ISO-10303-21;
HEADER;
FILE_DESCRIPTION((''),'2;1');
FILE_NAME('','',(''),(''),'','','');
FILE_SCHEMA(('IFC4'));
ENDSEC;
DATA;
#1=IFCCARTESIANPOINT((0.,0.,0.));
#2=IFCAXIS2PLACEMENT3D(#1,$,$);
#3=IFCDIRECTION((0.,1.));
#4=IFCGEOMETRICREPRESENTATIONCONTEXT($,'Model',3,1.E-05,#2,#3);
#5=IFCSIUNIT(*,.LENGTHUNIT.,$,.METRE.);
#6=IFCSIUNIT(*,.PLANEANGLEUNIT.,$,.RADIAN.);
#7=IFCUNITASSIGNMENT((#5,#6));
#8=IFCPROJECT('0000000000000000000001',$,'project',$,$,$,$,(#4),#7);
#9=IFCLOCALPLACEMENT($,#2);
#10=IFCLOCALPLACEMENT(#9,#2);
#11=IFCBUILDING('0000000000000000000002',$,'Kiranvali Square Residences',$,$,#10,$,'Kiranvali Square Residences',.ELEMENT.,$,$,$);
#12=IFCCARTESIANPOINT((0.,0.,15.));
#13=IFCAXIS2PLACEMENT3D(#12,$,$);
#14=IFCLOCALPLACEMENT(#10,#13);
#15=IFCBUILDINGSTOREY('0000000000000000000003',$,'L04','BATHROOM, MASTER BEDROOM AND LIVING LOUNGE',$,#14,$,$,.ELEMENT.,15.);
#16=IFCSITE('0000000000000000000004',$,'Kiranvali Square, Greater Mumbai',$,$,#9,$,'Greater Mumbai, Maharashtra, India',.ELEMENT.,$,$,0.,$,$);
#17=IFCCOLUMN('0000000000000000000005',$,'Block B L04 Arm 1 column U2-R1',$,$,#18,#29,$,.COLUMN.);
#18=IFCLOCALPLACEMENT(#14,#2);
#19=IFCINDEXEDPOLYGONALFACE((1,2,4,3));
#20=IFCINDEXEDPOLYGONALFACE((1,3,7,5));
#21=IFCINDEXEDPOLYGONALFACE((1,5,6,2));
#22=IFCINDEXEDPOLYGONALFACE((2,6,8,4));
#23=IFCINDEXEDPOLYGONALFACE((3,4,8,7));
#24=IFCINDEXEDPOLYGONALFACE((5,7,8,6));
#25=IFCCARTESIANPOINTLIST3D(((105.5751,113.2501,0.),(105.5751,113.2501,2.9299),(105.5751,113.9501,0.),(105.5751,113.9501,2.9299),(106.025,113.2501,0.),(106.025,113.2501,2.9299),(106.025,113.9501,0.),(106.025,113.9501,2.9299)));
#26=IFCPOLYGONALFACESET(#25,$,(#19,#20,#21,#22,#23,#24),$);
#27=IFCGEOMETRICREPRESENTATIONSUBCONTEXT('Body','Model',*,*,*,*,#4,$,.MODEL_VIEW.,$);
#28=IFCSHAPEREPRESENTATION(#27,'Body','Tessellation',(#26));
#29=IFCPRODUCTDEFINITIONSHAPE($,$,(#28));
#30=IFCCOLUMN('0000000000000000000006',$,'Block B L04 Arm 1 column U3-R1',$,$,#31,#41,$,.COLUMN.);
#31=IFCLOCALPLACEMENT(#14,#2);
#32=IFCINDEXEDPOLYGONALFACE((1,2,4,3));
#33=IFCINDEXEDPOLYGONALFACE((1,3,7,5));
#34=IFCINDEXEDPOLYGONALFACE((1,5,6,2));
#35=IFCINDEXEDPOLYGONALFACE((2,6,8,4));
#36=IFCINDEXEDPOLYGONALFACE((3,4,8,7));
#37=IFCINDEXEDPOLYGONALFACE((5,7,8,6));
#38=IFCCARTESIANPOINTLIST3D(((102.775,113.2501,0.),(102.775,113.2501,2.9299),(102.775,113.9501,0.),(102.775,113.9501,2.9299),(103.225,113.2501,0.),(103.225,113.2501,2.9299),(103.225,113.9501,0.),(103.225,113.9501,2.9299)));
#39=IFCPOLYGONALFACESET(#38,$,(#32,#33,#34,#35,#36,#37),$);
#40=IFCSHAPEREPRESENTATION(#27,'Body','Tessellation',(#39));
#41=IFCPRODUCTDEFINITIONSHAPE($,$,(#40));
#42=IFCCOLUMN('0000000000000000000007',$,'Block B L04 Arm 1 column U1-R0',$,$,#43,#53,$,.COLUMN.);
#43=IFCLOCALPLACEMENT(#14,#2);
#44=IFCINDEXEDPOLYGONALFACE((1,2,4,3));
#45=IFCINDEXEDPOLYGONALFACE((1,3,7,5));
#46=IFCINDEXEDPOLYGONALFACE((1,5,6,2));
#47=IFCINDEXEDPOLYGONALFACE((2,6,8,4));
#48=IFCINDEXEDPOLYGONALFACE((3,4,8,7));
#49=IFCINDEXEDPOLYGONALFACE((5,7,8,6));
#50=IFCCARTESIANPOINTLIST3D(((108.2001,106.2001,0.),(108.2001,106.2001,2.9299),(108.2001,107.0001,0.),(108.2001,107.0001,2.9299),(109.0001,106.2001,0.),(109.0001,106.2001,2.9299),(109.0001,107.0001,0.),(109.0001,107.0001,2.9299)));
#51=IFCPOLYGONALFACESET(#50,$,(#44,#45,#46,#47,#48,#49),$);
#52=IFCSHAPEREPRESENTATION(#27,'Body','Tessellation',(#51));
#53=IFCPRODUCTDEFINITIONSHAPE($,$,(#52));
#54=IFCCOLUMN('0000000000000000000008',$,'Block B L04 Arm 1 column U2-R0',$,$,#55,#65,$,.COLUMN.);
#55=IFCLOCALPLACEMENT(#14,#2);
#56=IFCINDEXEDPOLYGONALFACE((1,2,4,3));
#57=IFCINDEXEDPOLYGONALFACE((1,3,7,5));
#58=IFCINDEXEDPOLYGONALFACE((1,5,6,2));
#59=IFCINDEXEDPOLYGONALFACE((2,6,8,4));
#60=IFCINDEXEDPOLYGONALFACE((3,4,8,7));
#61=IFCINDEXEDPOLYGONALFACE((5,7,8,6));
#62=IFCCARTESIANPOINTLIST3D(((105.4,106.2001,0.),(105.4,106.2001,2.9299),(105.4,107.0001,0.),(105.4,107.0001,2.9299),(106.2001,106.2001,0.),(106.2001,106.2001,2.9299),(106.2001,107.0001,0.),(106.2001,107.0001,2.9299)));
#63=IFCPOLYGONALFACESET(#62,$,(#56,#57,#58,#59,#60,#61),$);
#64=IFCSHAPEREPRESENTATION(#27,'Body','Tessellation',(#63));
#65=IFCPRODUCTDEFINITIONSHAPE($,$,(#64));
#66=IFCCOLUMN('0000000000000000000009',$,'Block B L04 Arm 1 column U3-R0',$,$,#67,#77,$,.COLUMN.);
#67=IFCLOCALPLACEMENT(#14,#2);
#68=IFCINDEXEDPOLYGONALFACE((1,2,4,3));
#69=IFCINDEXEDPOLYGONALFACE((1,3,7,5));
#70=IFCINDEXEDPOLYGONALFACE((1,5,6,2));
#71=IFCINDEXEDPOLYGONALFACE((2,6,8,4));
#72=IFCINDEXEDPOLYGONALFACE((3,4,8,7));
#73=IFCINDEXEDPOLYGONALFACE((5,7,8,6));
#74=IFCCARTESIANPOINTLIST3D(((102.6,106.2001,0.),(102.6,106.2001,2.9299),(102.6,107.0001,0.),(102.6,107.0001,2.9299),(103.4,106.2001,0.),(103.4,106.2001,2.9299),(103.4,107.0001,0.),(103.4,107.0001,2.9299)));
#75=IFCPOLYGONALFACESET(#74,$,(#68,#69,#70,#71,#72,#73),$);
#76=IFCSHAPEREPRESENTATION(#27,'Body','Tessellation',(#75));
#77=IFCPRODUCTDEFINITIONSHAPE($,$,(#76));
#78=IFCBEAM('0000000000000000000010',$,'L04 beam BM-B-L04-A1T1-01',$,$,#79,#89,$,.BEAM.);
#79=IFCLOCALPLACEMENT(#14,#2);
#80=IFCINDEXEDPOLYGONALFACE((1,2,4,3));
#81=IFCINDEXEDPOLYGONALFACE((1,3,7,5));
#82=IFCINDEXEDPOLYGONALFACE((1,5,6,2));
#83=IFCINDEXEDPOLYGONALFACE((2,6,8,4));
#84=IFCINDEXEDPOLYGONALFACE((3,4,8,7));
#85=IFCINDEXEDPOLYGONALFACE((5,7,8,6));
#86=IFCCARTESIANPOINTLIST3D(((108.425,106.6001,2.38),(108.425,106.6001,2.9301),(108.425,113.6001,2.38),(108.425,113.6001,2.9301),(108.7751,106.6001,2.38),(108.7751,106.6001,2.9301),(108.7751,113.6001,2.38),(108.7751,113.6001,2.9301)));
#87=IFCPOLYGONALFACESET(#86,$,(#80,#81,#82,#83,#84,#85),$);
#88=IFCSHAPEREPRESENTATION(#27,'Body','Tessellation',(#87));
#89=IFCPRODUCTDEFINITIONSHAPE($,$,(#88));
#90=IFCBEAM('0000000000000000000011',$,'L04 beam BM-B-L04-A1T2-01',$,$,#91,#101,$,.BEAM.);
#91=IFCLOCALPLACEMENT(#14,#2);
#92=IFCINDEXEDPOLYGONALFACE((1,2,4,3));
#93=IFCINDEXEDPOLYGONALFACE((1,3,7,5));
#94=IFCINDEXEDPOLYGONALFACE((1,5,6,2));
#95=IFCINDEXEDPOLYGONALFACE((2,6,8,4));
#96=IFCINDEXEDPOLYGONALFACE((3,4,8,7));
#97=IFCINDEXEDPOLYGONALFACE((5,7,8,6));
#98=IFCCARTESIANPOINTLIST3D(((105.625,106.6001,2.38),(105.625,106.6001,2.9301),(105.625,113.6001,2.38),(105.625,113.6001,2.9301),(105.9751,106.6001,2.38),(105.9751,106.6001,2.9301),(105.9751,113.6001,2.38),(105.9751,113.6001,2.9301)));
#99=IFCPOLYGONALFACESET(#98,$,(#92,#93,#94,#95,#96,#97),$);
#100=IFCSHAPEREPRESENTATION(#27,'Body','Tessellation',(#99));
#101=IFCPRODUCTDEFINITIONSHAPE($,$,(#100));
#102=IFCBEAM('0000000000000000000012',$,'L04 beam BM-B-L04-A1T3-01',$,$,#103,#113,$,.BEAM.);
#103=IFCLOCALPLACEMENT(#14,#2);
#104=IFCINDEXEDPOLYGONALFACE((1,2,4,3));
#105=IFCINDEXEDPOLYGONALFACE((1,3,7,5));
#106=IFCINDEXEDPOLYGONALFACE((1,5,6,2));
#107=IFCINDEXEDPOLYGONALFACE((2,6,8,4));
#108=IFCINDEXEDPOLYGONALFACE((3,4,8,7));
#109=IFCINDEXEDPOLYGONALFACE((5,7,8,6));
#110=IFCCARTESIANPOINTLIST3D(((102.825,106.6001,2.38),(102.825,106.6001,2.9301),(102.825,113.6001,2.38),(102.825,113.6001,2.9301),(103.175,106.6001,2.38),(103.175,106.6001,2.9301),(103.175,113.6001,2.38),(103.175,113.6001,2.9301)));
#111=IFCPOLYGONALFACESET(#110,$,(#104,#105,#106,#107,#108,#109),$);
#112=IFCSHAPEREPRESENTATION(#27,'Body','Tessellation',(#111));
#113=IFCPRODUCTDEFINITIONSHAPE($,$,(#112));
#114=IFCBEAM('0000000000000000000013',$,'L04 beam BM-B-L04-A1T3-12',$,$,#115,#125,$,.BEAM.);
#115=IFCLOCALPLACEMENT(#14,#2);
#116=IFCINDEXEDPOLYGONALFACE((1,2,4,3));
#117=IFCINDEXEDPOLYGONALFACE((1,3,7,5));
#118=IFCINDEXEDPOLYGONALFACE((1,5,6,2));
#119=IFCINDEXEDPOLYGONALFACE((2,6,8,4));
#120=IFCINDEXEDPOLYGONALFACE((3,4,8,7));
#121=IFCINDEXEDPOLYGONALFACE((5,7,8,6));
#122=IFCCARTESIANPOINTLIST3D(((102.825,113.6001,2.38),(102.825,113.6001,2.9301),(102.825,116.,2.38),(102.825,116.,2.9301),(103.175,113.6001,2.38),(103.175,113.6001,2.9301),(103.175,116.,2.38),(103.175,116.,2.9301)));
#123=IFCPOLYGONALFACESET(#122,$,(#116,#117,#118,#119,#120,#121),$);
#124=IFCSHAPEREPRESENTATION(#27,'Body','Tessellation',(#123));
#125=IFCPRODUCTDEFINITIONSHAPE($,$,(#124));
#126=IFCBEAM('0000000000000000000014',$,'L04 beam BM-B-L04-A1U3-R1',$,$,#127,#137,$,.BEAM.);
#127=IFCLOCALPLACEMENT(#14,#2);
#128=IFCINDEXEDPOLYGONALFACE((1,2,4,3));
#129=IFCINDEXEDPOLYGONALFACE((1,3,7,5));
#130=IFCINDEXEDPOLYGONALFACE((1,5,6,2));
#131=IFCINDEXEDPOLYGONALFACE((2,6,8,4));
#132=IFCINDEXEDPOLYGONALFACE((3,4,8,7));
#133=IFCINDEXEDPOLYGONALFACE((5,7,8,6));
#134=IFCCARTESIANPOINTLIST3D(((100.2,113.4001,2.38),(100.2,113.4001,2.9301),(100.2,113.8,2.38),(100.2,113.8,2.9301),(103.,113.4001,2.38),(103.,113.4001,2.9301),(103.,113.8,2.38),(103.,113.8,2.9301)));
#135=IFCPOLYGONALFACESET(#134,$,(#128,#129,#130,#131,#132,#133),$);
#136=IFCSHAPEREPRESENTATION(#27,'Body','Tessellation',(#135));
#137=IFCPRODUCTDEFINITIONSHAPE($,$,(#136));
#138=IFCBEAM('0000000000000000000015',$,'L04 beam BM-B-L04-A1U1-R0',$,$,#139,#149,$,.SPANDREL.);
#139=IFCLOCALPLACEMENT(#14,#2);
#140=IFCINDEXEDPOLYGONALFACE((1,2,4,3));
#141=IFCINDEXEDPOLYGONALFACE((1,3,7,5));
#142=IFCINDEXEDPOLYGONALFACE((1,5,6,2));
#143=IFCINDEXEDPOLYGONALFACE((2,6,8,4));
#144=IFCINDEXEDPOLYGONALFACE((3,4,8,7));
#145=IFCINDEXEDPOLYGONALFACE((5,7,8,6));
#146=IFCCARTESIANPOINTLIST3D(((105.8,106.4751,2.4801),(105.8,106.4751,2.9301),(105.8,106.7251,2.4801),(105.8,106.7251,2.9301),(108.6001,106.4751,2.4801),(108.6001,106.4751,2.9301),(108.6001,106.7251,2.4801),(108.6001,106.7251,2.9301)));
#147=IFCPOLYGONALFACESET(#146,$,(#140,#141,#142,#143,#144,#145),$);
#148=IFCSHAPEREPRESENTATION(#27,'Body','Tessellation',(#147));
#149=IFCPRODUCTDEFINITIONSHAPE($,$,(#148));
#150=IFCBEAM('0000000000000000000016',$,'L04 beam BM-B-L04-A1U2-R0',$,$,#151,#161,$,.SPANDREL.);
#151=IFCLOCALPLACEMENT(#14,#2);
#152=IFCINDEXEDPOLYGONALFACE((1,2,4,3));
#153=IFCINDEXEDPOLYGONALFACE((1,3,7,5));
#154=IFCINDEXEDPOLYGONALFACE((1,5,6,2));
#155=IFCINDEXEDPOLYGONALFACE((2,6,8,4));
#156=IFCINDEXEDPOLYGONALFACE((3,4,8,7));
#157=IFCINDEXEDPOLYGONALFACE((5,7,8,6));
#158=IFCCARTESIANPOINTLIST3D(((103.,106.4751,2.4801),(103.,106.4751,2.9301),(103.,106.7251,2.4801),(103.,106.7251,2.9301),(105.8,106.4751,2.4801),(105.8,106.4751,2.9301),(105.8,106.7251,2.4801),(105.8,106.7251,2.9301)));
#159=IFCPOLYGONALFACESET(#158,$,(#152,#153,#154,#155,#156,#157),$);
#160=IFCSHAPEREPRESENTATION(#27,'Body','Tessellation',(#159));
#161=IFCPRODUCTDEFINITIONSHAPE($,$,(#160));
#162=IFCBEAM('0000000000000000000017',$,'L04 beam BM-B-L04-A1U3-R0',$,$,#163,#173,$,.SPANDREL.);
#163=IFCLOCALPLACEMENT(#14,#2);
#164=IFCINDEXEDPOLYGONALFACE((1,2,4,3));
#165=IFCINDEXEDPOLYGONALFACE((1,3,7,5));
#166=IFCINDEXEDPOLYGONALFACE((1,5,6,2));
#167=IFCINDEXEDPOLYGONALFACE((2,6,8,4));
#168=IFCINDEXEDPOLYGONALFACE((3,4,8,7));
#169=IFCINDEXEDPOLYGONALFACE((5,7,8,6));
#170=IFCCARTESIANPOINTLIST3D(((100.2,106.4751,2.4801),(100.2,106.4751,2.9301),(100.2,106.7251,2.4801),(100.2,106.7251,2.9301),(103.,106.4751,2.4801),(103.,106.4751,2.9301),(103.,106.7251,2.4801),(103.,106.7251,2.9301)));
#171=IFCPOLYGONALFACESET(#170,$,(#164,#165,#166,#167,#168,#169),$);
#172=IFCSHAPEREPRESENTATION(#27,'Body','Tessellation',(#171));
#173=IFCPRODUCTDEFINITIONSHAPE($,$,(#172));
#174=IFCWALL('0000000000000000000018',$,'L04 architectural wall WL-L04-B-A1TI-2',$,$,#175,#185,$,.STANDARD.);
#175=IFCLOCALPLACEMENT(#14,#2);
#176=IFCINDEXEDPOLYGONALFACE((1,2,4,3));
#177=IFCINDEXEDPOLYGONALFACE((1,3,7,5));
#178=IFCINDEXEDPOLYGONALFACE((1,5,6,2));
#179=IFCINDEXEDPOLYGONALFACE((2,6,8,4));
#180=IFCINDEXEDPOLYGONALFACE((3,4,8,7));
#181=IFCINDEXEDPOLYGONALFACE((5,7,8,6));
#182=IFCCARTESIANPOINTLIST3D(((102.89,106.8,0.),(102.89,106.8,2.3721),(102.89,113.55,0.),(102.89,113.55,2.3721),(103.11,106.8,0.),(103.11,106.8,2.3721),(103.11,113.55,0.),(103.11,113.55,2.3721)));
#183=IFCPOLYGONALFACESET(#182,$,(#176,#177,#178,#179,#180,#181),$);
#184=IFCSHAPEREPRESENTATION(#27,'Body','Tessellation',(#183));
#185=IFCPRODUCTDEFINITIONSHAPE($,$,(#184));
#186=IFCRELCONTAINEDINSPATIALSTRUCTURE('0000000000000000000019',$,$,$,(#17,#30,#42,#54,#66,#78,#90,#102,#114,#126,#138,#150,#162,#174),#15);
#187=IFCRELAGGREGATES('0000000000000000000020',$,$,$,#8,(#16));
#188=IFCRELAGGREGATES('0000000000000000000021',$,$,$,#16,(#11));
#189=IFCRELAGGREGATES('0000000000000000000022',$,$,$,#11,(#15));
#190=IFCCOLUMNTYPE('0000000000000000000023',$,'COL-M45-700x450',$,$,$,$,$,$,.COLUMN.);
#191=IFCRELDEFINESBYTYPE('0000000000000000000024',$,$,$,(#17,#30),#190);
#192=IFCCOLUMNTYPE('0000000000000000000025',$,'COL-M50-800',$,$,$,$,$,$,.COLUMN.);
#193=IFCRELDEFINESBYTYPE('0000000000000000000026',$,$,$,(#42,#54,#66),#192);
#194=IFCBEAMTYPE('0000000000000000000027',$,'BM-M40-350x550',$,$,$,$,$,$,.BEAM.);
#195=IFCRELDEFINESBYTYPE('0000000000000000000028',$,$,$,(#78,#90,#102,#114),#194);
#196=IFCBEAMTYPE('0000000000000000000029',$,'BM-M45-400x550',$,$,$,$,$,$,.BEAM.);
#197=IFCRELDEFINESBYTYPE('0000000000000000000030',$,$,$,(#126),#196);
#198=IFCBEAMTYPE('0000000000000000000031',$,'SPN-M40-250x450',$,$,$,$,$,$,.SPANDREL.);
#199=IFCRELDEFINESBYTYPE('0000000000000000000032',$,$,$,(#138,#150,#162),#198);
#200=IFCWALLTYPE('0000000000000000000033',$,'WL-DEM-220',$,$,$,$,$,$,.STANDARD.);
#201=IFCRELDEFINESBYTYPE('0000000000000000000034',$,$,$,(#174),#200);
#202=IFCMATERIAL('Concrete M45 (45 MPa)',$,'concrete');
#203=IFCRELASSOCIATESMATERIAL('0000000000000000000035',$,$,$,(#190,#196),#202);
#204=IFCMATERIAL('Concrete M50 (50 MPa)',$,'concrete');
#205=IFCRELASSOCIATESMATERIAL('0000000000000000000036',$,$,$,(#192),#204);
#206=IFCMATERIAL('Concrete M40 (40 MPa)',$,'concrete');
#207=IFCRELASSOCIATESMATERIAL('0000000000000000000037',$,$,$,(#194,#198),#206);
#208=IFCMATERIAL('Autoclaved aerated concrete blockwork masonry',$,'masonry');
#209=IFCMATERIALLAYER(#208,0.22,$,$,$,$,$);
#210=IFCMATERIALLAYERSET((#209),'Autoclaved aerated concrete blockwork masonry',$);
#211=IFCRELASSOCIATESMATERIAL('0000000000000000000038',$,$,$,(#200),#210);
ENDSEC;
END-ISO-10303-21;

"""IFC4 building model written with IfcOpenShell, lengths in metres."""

from ifc_helpers import new_model, si_unit, direction, frame, frame_2d, origin, origin_2d, place, context, subcontext, project, spatial, rectangle, extrude, material, layer, layer_set, material_profile, profile_set, type_object, element, save


model = new_model("IFC4")

# Units and contexts
model_context = context("Model", 3, precision=1e-05, world=origin(), true_north=direction((0.0, 1.0)))
body_context = subcontext(model_context, "Body", "Model", "MODEL_VIEW")
ifc_project = project(units=[si_unit("LENGTHUNIT", "METRE"), si_unit("PLANEANGLEUNIT", "RADIAN")], contexts=[model_context])

# Site, building, storey
site_placement = place(None, origin())
site = spatial("IfcSite", under=ifc_project, at=site_placement, Name="Kiranvali Square, Greater Mumbai", LongName="Greater Mumbai, Maharashtra, India", CompositionType="ELEMENT", RefElevation=0.0)
building_placement = place(site_placement, origin())
building = spatial("IfcBuilding", under=site, at=building_placement, Name="Kiranvali Square Residences", LongName="Kiranvali Square Residences", CompositionType="ELEMENT")
storey_placement = place(building_placement, frame((0.0, 0.0, 15.0)))
storey = spatial("IfcBuildingStorey", under=building, at=storey_placement, Name="L04", Description="BATHROOM, MASTER BEDROOM AND LIVING LOUNGE", CompositionType="ELEMENT", Elevation=15.0)

# Columns
ifc_material_1 = material(Name="Concrete M45 (45 MPa)", Category="concrete")
ifc_material_profile_1 = material_profile(ifc_material_1, rectangle(XDim=0.45, YDim=0.7, at=origin_2d()), Name="RC 700x450")
ifc_profile_set_1 = profile_set([ifc_material_profile_1], Name="Concrete M45 (45 MPa)")
column_type_1 = type_object("IfcColumnType", Name="COL-M45-700x450", PredefinedType="COLUMN", material=ifc_profile_set_1)
for number, where, z_axis, x_axis, name in (
    (1, (105.8, 113.6001, 0.0), (0.0, 0.0, 1.0), (1.0, 0.0, 0.0), "Block B L04 Arm 1 column U2-R1"),
    (2, (103.0, 113.6001, 0.0), (0.0, 0.0, 1.0), (1.0, 0.0, 0.0), "Block B L04 Arm 1 column U3-R1"),
):
    element("IfcColumn", number, at=place(storey_placement, frame(where, z_axis=z_axis, x_axis=x_axis)), inside=storey, type_object=column_type_1, Name=name, PredefinedType="COLUMN", context=body_context, shape_type="SweptSolid", body=[
        extrude(rectangle(XDim=0.45, YDim=0.7, at=origin_2d()), origin(), (0.0, 0.0, 1.0), 2.9299),
    ])
ifc_material_2 = material(Name="Concrete M50 (50 MPa)", Category="concrete")
ifc_material_profile_2 = material_profile(ifc_material_2, rectangle(XDim=0.8, YDim=0.8, at=origin_2d()), Name="RC 800x800")
ifc_profile_set_2 = profile_set([ifc_material_profile_2], Name="Concrete M50 (50 MPa)")
column_type_2 = type_object("IfcColumnType", Name="COL-M50-800", PredefinedType="COLUMN", material=ifc_profile_set_2)
for number, where, z_axis, x_axis, name in (
    (3, (108.6001, 106.6001, 0.0), (0.0, 0.0, 1.0), (1.0, 0.0, 0.0), "Block B L04 Arm 1 column U1-R0"),
    (4, (105.8, 106.6001, 0.0), (0.0, 0.0, 1.0), (1.0, 0.0, 0.0), "Block B L04 Arm 1 column U2-R0"),
    (5, (103.0, 106.6001, 0.0), (0.0, 0.0, 1.0), (1.0, 0.0, 0.0), "Block B L04 Arm 1 column U3-R0"),
):
    element("IfcColumn", number, at=place(storey_placement, frame(where, z_axis=z_axis, x_axis=x_axis)), inside=storey, type_object=column_type_2, Name=name, PredefinedType="COLUMN", context=body_context, shape_type="SweptSolid", body=[
        extrude(rectangle(XDim=0.8, YDim=0.8, at=origin_2d()), origin(), (0.0, 0.0, 1.0), 2.9299),
    ])

# Beams
ifc_material_3 = material(Name="Concrete M40 (40 MPa)", Category="concrete")
ifc_material_profile_3 = material_profile(ifc_material_3, rectangle(XDim=0.3501, YDim=0.55, at=origin_2d()), Name="RC 350x550")
ifc_profile_set_3 = profile_set([ifc_material_profile_3], Name="Concrete M40 (40 MPa)")
beam_type_1 = type_object("IfcBeamType", Name="BM-M40-350x550", PredefinedType="BEAM", material=ifc_profile_set_3)
for number, where, z_axis, x_axis, name in (
    (6, (108.6001, 106.6001, 2.655), (0.0, 1.0, 0.0), (-1.0, 0.0, 0.0), "L04 beam BM-B-L04-A1T1-01"),
    (7, (105.8, 106.6001, 2.655), (0.0, 1.0, 0.0), (-1.0, 0.0, 0.0), "L04 beam BM-B-L04-A1T2-01"),
    (8, (103.0, 106.6001, 2.655), (0.0, 1.0, 0.0), (-1.0, 0.0, 0.0), "L04 beam BM-B-L04-A1T3-01"),
):
    element("IfcBeam", number, at=place(storey_placement, frame(where, z_axis=z_axis, x_axis=x_axis)), inside=storey, type_object=beam_type_1, Name=name, PredefinedType="BEAM", context=body_context, shape_type="SweptSolid", body=[
        extrude(rectangle(XDim=0.3501, YDim=0.55, at=origin_2d()), origin(), (0.0, 0.0, 1.0), 7.0),
    ])
beam_1_placement = place(storey_placement, frame((103.0, 113.6001, 2.655), z_axis=(0.0, 1.0, 0.0), x_axis=(-1.0, 0.0, 0.0)))
element("IfcBeam", 9, at=beam_1_placement, inside=storey, type_object=beam_type_1, Name="L04 beam BM-B-L04-A1T3-12", PredefinedType="BEAM", context=body_context, shape_type="SweptSolid", body=[
    extrude(rectangle(XDim=0.3501, YDim=0.55, at=origin_2d()), origin(), (0.0, 0.0, 1.0), 2.3999),
])
ifc_material_profile_4 = material_profile(ifc_material_1, rectangle(XDim=0.3999, YDim=0.55, at=origin_2d()), Name="RC 400x550")
ifc_profile_set_4 = profile_set([ifc_material_profile_4], Name="Concrete M45 (45 MPa)")
beam_type_2 = type_object("IfcBeamType", Name="BM-M45-400x550", PredefinedType="BEAM", material=ifc_profile_set_4)
beam_2_placement = place(storey_placement, frame((103.0, 113.6001, 2.655), z_axis=(-1.0, 0.0, 0.0), x_axis=(0.0, -1.0, 0.0)))
element("IfcBeam", 10, at=beam_2_placement, inside=storey, type_object=beam_type_2, Name="L04 beam BM-B-L04-A1U3-R1", PredefinedType="BEAM", context=body_context, shape_type="SweptSolid", body=[
    extrude(rectangle(XDim=0.3999, YDim=0.55, at=origin_2d()), origin(), (0.0, 0.0, 1.0), 2.8),
])
ifc_material_profile_5 = material_profile(ifc_material_3, rectangle(XDim=0.25, YDim=0.45, at=origin_2d()), Name="RC 250x450")
ifc_profile_set_5 = profile_set([ifc_material_profile_5], Name="Concrete M40 (40 MPa)")
beam_type_3 = type_object("IfcBeamType", Name="SPN-M40-250x450", PredefinedType="SPANDREL", material=ifc_profile_set_5)
for number, where, z_axis, x_axis, name in (
    (11, (108.6001, 106.6001, 2.7051), (-1.0, 0.0, 0.0), (0.0, -1.0, 0.0), "L04 beam BM-B-L04-A1U1-R0"),
    (12, (105.8, 106.6001, 2.7051), (-1.0, 0.0, 0.0), (0.0, -1.0, 0.0), "L04 beam BM-B-L04-A1U2-R0"),
    (13, (103.0, 106.6001, 2.7051), (-1.0, 0.0, 0.0), (0.0, -1.0, 0.0), "L04 beam BM-B-L04-A1U3-R0"),
):
    element("IfcBeam", number, at=place(storey_placement, frame(where, z_axis=z_axis, x_axis=x_axis)), inside=storey, type_object=beam_type_3, Name=name, PredefinedType="SPANDREL", context=body_context, shape_type="SweptSolid", body=[
        extrude(rectangle(XDim=0.25, YDim=0.45, at=origin_2d()), origin(), (0.0, 0.0, 1.0), 2.8),
    ])

# Shared definitions
ifc_material_4 = material(Name="Autoclaved aerated concrete blockwork masonry", Category="masonry")

# Wall
ifc_layer_1 = layer(ifc_material_4, 0.22)
ifc_layer_set_1 = layer_set([ifc_layer_1], Name="Autoclaved aerated concrete blockwork masonry")
wall_type_1 = type_object("IfcWallType", Name="WL-DEM-220", PredefinedType="STANDARD", material=ifc_layer_set_1)
wall_1_placement = place(storey_placement, frame((103.0, 106.8, 0.0), z_axis=(0.0, 0.0, 1.0), x_axis=(0.0, 1.0, 0.0)))
element("IfcWall", 14, at=wall_1_placement, inside=storey, type_object=wall_type_1, Name="L04 architectural wall WL-L04-B-A1TI-2", PredefinedType="STANDARD", context=body_context, shape_type="SweptSolid", body=[
    extrude(rectangle(XDim=6.75, YDim=0.22, at=frame_2d((3.375, 0.0))), origin(), (0.0, 0.0, 1.0), 2.3721),
])

save(model, "model.ifc")
